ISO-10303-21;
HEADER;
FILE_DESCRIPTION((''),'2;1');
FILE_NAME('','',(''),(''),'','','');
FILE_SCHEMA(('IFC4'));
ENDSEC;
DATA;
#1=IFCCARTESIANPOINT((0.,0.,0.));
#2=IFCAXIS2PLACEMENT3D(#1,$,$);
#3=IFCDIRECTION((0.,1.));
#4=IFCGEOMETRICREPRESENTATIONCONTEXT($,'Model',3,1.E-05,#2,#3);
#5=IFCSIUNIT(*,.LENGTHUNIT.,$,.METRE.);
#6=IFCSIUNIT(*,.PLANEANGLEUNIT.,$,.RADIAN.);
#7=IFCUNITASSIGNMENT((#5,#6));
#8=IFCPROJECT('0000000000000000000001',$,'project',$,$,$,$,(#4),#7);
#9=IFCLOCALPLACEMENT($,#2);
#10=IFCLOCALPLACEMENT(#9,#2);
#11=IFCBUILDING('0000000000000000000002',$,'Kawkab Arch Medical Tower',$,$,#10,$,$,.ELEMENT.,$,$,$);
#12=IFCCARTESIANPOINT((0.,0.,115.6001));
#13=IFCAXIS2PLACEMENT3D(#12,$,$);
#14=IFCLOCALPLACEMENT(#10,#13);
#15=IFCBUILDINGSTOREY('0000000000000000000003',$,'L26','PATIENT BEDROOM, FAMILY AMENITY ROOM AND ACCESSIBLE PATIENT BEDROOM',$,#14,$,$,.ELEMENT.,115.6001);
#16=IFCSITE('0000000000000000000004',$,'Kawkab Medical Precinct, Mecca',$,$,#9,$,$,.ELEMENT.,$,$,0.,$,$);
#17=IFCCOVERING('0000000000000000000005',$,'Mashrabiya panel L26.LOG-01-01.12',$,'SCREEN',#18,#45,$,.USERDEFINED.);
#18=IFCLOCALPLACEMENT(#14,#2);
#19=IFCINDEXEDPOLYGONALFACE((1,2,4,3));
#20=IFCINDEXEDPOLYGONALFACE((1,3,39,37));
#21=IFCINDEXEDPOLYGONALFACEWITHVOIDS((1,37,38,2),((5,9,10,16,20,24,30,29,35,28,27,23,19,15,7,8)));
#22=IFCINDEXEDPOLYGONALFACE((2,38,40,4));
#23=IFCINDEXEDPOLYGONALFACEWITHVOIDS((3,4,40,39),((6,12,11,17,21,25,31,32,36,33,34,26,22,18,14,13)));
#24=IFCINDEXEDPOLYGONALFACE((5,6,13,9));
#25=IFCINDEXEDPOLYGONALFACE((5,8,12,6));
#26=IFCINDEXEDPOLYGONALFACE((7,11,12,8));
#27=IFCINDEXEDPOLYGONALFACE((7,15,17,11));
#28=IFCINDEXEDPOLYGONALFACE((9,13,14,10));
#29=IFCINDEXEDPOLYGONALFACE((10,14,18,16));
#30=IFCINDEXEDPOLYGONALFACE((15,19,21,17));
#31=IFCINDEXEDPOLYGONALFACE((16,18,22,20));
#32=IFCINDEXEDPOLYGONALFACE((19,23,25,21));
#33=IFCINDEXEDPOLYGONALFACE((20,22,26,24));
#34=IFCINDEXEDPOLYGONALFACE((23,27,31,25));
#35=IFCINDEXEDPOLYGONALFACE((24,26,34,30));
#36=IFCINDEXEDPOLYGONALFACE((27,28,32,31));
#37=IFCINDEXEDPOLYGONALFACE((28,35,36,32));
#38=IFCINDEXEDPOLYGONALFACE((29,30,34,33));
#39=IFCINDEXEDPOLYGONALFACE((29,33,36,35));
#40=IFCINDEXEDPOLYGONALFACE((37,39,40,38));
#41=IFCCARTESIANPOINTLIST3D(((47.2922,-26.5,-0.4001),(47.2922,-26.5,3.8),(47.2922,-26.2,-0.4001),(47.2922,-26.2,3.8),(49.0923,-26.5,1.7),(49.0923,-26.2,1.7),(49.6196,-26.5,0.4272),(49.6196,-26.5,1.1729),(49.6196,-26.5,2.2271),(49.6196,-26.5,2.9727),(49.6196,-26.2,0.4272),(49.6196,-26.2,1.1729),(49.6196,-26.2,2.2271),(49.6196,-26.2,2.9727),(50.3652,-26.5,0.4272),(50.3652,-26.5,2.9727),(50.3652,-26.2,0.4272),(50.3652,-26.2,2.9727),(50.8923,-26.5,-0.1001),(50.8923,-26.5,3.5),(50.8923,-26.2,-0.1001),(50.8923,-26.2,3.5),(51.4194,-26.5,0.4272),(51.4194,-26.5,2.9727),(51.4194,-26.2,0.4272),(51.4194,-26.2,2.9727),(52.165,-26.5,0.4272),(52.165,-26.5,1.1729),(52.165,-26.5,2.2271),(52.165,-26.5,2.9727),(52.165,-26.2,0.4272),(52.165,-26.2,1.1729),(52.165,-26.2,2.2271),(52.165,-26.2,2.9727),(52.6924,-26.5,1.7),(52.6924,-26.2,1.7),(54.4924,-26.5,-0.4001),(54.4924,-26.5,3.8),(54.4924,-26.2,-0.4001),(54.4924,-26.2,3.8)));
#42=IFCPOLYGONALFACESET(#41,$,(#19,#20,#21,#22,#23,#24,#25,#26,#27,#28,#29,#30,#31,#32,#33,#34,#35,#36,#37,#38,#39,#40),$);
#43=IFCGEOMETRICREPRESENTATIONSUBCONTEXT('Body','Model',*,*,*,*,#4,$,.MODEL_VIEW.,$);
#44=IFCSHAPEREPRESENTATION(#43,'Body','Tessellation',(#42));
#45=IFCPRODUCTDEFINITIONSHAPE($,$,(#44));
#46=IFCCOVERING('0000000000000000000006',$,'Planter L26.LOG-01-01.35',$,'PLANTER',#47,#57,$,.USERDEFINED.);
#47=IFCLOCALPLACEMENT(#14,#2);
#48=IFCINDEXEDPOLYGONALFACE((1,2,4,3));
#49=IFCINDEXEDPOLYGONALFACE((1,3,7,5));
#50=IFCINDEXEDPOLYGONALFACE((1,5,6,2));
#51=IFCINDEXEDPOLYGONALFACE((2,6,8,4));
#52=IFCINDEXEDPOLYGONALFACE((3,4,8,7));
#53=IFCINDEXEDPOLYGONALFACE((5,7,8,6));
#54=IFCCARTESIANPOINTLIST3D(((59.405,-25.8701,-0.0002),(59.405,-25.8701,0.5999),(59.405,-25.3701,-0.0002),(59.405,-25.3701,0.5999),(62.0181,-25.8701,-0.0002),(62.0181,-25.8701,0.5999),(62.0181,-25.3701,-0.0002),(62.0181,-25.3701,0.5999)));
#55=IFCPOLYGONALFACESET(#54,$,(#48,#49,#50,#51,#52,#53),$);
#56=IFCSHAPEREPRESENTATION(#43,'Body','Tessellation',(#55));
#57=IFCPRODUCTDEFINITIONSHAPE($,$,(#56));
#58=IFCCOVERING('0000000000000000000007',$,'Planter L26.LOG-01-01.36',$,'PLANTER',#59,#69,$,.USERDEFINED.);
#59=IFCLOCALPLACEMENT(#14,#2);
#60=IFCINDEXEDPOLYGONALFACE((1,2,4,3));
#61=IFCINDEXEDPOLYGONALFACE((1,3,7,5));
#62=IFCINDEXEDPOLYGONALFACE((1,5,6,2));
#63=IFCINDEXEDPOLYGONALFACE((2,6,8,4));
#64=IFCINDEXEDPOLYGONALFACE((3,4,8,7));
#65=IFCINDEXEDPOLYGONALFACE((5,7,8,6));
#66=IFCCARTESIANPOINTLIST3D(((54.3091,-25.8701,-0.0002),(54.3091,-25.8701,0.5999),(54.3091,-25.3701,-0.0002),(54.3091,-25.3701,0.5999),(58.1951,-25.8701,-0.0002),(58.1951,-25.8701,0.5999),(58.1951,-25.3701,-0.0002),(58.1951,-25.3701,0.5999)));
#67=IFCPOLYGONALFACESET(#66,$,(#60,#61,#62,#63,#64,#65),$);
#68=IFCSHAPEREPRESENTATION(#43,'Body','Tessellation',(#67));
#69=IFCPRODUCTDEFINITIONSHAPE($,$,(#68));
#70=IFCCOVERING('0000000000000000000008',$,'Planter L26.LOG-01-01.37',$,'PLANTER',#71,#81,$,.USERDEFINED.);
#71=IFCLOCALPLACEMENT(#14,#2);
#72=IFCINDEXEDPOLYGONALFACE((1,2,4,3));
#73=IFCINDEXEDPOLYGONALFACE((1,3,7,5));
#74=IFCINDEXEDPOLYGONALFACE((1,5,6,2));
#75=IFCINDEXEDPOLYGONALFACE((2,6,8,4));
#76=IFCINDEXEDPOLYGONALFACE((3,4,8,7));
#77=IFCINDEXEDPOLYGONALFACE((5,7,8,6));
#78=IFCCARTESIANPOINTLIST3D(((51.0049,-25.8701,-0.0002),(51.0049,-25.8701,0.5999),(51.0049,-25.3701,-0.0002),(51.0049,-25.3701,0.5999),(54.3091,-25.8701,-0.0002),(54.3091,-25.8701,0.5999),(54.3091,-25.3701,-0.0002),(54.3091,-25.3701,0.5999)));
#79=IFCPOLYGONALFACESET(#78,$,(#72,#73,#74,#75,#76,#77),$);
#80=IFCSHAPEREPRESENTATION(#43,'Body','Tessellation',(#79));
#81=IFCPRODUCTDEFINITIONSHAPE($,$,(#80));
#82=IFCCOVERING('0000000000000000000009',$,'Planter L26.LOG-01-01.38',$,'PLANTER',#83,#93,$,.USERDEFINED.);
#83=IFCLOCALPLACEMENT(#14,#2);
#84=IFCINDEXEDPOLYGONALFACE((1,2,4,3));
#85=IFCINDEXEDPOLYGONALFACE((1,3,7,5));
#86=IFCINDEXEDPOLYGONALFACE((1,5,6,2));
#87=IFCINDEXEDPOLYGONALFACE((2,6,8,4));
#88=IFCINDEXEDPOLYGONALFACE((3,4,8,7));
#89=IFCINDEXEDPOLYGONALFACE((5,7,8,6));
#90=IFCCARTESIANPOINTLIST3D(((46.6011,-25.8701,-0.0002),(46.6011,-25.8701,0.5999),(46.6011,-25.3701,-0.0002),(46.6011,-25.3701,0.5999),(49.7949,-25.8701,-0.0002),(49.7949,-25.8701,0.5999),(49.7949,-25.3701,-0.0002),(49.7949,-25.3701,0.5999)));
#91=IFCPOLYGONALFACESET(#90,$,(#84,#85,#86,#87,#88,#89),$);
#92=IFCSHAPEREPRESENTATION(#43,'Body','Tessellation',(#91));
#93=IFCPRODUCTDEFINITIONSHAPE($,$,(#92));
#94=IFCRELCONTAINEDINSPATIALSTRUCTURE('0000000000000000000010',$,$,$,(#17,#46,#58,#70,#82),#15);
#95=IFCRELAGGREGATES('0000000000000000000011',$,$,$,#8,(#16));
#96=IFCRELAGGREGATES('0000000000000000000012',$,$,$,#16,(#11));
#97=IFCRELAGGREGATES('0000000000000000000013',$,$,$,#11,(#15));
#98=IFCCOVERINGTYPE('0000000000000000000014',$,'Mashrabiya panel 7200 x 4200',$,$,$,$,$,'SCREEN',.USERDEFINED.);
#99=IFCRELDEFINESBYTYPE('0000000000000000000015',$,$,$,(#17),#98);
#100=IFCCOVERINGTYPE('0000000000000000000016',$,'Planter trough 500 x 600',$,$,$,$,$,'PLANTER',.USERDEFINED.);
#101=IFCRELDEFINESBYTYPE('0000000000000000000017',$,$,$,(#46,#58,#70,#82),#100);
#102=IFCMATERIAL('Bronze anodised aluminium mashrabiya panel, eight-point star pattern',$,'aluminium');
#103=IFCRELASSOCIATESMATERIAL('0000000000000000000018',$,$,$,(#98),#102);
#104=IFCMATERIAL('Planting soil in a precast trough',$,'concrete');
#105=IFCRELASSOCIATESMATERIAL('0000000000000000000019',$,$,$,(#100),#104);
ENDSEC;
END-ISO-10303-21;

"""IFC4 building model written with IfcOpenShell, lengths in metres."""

from ifc_helpers import new_model, si_unit, direction, frame, origin, origin_2d, place, context, subcontext, project, spatial, polyline, rectangle, outline, extrude, material, material_profile, profile_set, type_object, element, save


model = new_model("IFC4")

# Units and contexts
model_context = context("Model", 3, precision=1e-05, world=origin(), true_north=direction((0.0, 1.0)))
body_context = subcontext(model_context, "Body", "Model", "MODEL_VIEW")
ifc_project = project(units=[si_unit("LENGTHUNIT", "METRE"), si_unit("PLANEANGLEUNIT", "RADIAN")], contexts=[model_context])

# Site, building, storey
site_placement = place(None, origin())
site = spatial("IfcSite", under=ifc_project, at=site_placement, Name="Kawkab Medical Precinct, Mecca", CompositionType="ELEMENT", RefElevation=0.0)
building_placement = place(site_placement, origin())
building = spatial("IfcBuilding", under=site, at=building_placement, Name="Kawkab Arch Medical Tower", CompositionType="ELEMENT")
storey_placement = place(building_placement, frame((0.0, 0.0, 115.6001)))
storey = spatial("IfcBuildingStorey", under=building, at=storey_placement, Name="L26", Description="PATIENT BEDROOM, FAMILY AMENITY ROOM AND ACCESSIBLE PATIENT BEDROOM", CompositionType="ELEMENT", Elevation=115.6001)

# Coverings
ifc_material_1 = material(Name="Bronze anodised aluminium mashrabiya panel, eight-point star pattern", Category="aluminium")
ifc_material_profile_1 = material_profile(ifc_material_1, outline(polyline([(-3.6001, -2.1001), (3.6001, -2.1001), (3.6001, 2.1001), (-3.6001, 2.1001), (-3.6001, -2.1001)]), holes=[polyline([(1.8, 0.0), (1.2727, 0.5271), (1.2727, 1.2727), (0.5271, 1.2727), (0.0, 1.8), (-0.5271, 1.2727), (-1.2727, 1.2727), (-1.2727, 0.5271), (-1.8, 0.0), (-1.2727, -0.5271), (-1.2727, -1.2727), (-0.5271, -1.2727), (0.0, -1.8), (0.5271, -1.2727), (1.2727, -1.2727), (1.2727, -0.5271), (1.8, 0.0)])]), Name="Mashrabiya panel 7200x4200")
ifc_profile_set_1 = profile_set([ifc_material_profile_1], Name="Bronze anodised aluminium mashrabiya panel, eight-point star pattern")
covering_type_1 = type_object("IfcCoveringType", Name="Mashrabiya panel 7200 x 4200", ElementType="SCREEN", PredefinedType="USERDEFINED", material=ifc_profile_set_1)
covering_1_placement = place(storey_placement, frame((50.8923, -26.2, 1.7), z_axis=(0.0, -1.0, 0.0), x_axis=(1.0, 0.0, 0.0)))
element("IfcCovering", 1, at=covering_1_placement, inside=storey, type_object=covering_type_1, Name="Mashrabiya panel L26.LOG-01-01.12", ObjectType="SCREEN", PredefinedType="USERDEFINED", context=body_context, shape_type="SweptSolid", body=[
    extrude(outline(polyline([(-3.6001, -2.1001), (3.6001, -2.1001), (3.6001, 2.1001), (-3.6001, 2.1001), (-3.6001, -2.1001)]), holes=[polyline([(1.8, 0.0), (1.2727, 0.5271), (1.2727, 1.2727), (0.5271, 1.2727), (0.0, 1.8), (-0.5271, 1.2727), (-1.2727, 1.2727), (-1.2727, 0.5271), (-1.8, 0.0), (-1.2727, -0.5271), (-1.2727, -1.2727), (-0.5271, -1.2727), (0.0, -1.8), (0.5271, -1.2727), (1.2727, -1.2727), (1.2727, -0.5271), (1.8, 0.0)])]), origin(), (0.0, 0.0, 1.0), 0.3),
])
ifc_material_2 = material(Name="Planting soil in a precast trough", Category="concrete")
ifc_material_profile_2 = material_profile(ifc_material_2, rectangle(XDim=0.5, YDim=0.6001, at=origin_2d()), Name="Trough 500x600")
ifc_profile_set_2 = profile_set([ifc_material_profile_2], Name="Planting soil in a precast trough")
covering_type_2 = type_object("IfcCoveringType", Name="Planter trough 500 x 600", ElementType="PLANTER", PredefinedType="USERDEFINED", material=ifc_profile_set_2)
covering_2_placement = place(storey_placement, frame((62.0181, -25.6201, 0.2998), z_axis=(-1.0, 0.0, 0.0), x_axis=(0.0, -1.0, 0.0)))
element("IfcCovering", 2, at=covering_2_placement, inside=storey, type_object=covering_type_2, Name="Planter L26.LOG-01-01.35", ObjectType="PLANTER", PredefinedType="USERDEFINED", context=body_context, shape_type="SweptSolid", body=[
    extrude(rectangle(XDim=0.5, YDim=0.6001, at=origin_2d()), origin(), (0.0, 0.0, 1.0), 2.613),
])
covering_3_placement = place(storey_placement, frame((58.1951, -25.6201, 0.2998), z_axis=(-1.0, 0.0, 0.0), x_axis=(0.0, -1.0, 0.0)))
element("IfcCovering", 3, at=covering_3_placement, inside=storey, type_object=covering_type_2, Name="Planter L26.LOG-01-01.36", ObjectType="PLANTER", PredefinedType="USERDEFINED", context=body_context, shape_type="SweptSolid", body=[
    extrude(rectangle(XDim=0.5, YDim=0.6001, at=origin_2d()), origin(), (0.0, 0.0, 1.0), 3.886),
])
covering_4_placement = place(storey_placement, frame((54.3091, -25.6201, 0.2998), z_axis=(-1.0, 0.0, 0.0), x_axis=(0.0, -1.0, 0.0)))
element("IfcCovering", 4, at=covering_4_placement, inside=storey, type_object=covering_type_2, Name="Planter L26.LOG-01-01.37", ObjectType="PLANTER", PredefinedType="USERDEFINED", context=body_context, shape_type="SweptSolid", body=[
    extrude(rectangle(XDim=0.5, YDim=0.6001, at=origin_2d()), origin(), (0.0, 0.0, 1.0), 3.3042),
])
covering_5_placement = place(storey_placement, frame((49.7949, -25.6201, 0.2998), z_axis=(-1.0, 0.0, 0.0), x_axis=(0.0, -1.0, 0.0)))
element("IfcCovering", 5, at=covering_5_placement, inside=storey, type_object=covering_type_2, Name="Planter L26.LOG-01-01.38", ObjectType="PLANTER", PredefinedType="USERDEFINED", context=body_context, shape_type="SweptSolid", body=[
    extrude(rectangle(XDim=0.5, YDim=0.6001, at=origin_2d()), origin(), (0.0, 0.0, 1.0), 3.1938),
])

save(model, "model.ifc")
